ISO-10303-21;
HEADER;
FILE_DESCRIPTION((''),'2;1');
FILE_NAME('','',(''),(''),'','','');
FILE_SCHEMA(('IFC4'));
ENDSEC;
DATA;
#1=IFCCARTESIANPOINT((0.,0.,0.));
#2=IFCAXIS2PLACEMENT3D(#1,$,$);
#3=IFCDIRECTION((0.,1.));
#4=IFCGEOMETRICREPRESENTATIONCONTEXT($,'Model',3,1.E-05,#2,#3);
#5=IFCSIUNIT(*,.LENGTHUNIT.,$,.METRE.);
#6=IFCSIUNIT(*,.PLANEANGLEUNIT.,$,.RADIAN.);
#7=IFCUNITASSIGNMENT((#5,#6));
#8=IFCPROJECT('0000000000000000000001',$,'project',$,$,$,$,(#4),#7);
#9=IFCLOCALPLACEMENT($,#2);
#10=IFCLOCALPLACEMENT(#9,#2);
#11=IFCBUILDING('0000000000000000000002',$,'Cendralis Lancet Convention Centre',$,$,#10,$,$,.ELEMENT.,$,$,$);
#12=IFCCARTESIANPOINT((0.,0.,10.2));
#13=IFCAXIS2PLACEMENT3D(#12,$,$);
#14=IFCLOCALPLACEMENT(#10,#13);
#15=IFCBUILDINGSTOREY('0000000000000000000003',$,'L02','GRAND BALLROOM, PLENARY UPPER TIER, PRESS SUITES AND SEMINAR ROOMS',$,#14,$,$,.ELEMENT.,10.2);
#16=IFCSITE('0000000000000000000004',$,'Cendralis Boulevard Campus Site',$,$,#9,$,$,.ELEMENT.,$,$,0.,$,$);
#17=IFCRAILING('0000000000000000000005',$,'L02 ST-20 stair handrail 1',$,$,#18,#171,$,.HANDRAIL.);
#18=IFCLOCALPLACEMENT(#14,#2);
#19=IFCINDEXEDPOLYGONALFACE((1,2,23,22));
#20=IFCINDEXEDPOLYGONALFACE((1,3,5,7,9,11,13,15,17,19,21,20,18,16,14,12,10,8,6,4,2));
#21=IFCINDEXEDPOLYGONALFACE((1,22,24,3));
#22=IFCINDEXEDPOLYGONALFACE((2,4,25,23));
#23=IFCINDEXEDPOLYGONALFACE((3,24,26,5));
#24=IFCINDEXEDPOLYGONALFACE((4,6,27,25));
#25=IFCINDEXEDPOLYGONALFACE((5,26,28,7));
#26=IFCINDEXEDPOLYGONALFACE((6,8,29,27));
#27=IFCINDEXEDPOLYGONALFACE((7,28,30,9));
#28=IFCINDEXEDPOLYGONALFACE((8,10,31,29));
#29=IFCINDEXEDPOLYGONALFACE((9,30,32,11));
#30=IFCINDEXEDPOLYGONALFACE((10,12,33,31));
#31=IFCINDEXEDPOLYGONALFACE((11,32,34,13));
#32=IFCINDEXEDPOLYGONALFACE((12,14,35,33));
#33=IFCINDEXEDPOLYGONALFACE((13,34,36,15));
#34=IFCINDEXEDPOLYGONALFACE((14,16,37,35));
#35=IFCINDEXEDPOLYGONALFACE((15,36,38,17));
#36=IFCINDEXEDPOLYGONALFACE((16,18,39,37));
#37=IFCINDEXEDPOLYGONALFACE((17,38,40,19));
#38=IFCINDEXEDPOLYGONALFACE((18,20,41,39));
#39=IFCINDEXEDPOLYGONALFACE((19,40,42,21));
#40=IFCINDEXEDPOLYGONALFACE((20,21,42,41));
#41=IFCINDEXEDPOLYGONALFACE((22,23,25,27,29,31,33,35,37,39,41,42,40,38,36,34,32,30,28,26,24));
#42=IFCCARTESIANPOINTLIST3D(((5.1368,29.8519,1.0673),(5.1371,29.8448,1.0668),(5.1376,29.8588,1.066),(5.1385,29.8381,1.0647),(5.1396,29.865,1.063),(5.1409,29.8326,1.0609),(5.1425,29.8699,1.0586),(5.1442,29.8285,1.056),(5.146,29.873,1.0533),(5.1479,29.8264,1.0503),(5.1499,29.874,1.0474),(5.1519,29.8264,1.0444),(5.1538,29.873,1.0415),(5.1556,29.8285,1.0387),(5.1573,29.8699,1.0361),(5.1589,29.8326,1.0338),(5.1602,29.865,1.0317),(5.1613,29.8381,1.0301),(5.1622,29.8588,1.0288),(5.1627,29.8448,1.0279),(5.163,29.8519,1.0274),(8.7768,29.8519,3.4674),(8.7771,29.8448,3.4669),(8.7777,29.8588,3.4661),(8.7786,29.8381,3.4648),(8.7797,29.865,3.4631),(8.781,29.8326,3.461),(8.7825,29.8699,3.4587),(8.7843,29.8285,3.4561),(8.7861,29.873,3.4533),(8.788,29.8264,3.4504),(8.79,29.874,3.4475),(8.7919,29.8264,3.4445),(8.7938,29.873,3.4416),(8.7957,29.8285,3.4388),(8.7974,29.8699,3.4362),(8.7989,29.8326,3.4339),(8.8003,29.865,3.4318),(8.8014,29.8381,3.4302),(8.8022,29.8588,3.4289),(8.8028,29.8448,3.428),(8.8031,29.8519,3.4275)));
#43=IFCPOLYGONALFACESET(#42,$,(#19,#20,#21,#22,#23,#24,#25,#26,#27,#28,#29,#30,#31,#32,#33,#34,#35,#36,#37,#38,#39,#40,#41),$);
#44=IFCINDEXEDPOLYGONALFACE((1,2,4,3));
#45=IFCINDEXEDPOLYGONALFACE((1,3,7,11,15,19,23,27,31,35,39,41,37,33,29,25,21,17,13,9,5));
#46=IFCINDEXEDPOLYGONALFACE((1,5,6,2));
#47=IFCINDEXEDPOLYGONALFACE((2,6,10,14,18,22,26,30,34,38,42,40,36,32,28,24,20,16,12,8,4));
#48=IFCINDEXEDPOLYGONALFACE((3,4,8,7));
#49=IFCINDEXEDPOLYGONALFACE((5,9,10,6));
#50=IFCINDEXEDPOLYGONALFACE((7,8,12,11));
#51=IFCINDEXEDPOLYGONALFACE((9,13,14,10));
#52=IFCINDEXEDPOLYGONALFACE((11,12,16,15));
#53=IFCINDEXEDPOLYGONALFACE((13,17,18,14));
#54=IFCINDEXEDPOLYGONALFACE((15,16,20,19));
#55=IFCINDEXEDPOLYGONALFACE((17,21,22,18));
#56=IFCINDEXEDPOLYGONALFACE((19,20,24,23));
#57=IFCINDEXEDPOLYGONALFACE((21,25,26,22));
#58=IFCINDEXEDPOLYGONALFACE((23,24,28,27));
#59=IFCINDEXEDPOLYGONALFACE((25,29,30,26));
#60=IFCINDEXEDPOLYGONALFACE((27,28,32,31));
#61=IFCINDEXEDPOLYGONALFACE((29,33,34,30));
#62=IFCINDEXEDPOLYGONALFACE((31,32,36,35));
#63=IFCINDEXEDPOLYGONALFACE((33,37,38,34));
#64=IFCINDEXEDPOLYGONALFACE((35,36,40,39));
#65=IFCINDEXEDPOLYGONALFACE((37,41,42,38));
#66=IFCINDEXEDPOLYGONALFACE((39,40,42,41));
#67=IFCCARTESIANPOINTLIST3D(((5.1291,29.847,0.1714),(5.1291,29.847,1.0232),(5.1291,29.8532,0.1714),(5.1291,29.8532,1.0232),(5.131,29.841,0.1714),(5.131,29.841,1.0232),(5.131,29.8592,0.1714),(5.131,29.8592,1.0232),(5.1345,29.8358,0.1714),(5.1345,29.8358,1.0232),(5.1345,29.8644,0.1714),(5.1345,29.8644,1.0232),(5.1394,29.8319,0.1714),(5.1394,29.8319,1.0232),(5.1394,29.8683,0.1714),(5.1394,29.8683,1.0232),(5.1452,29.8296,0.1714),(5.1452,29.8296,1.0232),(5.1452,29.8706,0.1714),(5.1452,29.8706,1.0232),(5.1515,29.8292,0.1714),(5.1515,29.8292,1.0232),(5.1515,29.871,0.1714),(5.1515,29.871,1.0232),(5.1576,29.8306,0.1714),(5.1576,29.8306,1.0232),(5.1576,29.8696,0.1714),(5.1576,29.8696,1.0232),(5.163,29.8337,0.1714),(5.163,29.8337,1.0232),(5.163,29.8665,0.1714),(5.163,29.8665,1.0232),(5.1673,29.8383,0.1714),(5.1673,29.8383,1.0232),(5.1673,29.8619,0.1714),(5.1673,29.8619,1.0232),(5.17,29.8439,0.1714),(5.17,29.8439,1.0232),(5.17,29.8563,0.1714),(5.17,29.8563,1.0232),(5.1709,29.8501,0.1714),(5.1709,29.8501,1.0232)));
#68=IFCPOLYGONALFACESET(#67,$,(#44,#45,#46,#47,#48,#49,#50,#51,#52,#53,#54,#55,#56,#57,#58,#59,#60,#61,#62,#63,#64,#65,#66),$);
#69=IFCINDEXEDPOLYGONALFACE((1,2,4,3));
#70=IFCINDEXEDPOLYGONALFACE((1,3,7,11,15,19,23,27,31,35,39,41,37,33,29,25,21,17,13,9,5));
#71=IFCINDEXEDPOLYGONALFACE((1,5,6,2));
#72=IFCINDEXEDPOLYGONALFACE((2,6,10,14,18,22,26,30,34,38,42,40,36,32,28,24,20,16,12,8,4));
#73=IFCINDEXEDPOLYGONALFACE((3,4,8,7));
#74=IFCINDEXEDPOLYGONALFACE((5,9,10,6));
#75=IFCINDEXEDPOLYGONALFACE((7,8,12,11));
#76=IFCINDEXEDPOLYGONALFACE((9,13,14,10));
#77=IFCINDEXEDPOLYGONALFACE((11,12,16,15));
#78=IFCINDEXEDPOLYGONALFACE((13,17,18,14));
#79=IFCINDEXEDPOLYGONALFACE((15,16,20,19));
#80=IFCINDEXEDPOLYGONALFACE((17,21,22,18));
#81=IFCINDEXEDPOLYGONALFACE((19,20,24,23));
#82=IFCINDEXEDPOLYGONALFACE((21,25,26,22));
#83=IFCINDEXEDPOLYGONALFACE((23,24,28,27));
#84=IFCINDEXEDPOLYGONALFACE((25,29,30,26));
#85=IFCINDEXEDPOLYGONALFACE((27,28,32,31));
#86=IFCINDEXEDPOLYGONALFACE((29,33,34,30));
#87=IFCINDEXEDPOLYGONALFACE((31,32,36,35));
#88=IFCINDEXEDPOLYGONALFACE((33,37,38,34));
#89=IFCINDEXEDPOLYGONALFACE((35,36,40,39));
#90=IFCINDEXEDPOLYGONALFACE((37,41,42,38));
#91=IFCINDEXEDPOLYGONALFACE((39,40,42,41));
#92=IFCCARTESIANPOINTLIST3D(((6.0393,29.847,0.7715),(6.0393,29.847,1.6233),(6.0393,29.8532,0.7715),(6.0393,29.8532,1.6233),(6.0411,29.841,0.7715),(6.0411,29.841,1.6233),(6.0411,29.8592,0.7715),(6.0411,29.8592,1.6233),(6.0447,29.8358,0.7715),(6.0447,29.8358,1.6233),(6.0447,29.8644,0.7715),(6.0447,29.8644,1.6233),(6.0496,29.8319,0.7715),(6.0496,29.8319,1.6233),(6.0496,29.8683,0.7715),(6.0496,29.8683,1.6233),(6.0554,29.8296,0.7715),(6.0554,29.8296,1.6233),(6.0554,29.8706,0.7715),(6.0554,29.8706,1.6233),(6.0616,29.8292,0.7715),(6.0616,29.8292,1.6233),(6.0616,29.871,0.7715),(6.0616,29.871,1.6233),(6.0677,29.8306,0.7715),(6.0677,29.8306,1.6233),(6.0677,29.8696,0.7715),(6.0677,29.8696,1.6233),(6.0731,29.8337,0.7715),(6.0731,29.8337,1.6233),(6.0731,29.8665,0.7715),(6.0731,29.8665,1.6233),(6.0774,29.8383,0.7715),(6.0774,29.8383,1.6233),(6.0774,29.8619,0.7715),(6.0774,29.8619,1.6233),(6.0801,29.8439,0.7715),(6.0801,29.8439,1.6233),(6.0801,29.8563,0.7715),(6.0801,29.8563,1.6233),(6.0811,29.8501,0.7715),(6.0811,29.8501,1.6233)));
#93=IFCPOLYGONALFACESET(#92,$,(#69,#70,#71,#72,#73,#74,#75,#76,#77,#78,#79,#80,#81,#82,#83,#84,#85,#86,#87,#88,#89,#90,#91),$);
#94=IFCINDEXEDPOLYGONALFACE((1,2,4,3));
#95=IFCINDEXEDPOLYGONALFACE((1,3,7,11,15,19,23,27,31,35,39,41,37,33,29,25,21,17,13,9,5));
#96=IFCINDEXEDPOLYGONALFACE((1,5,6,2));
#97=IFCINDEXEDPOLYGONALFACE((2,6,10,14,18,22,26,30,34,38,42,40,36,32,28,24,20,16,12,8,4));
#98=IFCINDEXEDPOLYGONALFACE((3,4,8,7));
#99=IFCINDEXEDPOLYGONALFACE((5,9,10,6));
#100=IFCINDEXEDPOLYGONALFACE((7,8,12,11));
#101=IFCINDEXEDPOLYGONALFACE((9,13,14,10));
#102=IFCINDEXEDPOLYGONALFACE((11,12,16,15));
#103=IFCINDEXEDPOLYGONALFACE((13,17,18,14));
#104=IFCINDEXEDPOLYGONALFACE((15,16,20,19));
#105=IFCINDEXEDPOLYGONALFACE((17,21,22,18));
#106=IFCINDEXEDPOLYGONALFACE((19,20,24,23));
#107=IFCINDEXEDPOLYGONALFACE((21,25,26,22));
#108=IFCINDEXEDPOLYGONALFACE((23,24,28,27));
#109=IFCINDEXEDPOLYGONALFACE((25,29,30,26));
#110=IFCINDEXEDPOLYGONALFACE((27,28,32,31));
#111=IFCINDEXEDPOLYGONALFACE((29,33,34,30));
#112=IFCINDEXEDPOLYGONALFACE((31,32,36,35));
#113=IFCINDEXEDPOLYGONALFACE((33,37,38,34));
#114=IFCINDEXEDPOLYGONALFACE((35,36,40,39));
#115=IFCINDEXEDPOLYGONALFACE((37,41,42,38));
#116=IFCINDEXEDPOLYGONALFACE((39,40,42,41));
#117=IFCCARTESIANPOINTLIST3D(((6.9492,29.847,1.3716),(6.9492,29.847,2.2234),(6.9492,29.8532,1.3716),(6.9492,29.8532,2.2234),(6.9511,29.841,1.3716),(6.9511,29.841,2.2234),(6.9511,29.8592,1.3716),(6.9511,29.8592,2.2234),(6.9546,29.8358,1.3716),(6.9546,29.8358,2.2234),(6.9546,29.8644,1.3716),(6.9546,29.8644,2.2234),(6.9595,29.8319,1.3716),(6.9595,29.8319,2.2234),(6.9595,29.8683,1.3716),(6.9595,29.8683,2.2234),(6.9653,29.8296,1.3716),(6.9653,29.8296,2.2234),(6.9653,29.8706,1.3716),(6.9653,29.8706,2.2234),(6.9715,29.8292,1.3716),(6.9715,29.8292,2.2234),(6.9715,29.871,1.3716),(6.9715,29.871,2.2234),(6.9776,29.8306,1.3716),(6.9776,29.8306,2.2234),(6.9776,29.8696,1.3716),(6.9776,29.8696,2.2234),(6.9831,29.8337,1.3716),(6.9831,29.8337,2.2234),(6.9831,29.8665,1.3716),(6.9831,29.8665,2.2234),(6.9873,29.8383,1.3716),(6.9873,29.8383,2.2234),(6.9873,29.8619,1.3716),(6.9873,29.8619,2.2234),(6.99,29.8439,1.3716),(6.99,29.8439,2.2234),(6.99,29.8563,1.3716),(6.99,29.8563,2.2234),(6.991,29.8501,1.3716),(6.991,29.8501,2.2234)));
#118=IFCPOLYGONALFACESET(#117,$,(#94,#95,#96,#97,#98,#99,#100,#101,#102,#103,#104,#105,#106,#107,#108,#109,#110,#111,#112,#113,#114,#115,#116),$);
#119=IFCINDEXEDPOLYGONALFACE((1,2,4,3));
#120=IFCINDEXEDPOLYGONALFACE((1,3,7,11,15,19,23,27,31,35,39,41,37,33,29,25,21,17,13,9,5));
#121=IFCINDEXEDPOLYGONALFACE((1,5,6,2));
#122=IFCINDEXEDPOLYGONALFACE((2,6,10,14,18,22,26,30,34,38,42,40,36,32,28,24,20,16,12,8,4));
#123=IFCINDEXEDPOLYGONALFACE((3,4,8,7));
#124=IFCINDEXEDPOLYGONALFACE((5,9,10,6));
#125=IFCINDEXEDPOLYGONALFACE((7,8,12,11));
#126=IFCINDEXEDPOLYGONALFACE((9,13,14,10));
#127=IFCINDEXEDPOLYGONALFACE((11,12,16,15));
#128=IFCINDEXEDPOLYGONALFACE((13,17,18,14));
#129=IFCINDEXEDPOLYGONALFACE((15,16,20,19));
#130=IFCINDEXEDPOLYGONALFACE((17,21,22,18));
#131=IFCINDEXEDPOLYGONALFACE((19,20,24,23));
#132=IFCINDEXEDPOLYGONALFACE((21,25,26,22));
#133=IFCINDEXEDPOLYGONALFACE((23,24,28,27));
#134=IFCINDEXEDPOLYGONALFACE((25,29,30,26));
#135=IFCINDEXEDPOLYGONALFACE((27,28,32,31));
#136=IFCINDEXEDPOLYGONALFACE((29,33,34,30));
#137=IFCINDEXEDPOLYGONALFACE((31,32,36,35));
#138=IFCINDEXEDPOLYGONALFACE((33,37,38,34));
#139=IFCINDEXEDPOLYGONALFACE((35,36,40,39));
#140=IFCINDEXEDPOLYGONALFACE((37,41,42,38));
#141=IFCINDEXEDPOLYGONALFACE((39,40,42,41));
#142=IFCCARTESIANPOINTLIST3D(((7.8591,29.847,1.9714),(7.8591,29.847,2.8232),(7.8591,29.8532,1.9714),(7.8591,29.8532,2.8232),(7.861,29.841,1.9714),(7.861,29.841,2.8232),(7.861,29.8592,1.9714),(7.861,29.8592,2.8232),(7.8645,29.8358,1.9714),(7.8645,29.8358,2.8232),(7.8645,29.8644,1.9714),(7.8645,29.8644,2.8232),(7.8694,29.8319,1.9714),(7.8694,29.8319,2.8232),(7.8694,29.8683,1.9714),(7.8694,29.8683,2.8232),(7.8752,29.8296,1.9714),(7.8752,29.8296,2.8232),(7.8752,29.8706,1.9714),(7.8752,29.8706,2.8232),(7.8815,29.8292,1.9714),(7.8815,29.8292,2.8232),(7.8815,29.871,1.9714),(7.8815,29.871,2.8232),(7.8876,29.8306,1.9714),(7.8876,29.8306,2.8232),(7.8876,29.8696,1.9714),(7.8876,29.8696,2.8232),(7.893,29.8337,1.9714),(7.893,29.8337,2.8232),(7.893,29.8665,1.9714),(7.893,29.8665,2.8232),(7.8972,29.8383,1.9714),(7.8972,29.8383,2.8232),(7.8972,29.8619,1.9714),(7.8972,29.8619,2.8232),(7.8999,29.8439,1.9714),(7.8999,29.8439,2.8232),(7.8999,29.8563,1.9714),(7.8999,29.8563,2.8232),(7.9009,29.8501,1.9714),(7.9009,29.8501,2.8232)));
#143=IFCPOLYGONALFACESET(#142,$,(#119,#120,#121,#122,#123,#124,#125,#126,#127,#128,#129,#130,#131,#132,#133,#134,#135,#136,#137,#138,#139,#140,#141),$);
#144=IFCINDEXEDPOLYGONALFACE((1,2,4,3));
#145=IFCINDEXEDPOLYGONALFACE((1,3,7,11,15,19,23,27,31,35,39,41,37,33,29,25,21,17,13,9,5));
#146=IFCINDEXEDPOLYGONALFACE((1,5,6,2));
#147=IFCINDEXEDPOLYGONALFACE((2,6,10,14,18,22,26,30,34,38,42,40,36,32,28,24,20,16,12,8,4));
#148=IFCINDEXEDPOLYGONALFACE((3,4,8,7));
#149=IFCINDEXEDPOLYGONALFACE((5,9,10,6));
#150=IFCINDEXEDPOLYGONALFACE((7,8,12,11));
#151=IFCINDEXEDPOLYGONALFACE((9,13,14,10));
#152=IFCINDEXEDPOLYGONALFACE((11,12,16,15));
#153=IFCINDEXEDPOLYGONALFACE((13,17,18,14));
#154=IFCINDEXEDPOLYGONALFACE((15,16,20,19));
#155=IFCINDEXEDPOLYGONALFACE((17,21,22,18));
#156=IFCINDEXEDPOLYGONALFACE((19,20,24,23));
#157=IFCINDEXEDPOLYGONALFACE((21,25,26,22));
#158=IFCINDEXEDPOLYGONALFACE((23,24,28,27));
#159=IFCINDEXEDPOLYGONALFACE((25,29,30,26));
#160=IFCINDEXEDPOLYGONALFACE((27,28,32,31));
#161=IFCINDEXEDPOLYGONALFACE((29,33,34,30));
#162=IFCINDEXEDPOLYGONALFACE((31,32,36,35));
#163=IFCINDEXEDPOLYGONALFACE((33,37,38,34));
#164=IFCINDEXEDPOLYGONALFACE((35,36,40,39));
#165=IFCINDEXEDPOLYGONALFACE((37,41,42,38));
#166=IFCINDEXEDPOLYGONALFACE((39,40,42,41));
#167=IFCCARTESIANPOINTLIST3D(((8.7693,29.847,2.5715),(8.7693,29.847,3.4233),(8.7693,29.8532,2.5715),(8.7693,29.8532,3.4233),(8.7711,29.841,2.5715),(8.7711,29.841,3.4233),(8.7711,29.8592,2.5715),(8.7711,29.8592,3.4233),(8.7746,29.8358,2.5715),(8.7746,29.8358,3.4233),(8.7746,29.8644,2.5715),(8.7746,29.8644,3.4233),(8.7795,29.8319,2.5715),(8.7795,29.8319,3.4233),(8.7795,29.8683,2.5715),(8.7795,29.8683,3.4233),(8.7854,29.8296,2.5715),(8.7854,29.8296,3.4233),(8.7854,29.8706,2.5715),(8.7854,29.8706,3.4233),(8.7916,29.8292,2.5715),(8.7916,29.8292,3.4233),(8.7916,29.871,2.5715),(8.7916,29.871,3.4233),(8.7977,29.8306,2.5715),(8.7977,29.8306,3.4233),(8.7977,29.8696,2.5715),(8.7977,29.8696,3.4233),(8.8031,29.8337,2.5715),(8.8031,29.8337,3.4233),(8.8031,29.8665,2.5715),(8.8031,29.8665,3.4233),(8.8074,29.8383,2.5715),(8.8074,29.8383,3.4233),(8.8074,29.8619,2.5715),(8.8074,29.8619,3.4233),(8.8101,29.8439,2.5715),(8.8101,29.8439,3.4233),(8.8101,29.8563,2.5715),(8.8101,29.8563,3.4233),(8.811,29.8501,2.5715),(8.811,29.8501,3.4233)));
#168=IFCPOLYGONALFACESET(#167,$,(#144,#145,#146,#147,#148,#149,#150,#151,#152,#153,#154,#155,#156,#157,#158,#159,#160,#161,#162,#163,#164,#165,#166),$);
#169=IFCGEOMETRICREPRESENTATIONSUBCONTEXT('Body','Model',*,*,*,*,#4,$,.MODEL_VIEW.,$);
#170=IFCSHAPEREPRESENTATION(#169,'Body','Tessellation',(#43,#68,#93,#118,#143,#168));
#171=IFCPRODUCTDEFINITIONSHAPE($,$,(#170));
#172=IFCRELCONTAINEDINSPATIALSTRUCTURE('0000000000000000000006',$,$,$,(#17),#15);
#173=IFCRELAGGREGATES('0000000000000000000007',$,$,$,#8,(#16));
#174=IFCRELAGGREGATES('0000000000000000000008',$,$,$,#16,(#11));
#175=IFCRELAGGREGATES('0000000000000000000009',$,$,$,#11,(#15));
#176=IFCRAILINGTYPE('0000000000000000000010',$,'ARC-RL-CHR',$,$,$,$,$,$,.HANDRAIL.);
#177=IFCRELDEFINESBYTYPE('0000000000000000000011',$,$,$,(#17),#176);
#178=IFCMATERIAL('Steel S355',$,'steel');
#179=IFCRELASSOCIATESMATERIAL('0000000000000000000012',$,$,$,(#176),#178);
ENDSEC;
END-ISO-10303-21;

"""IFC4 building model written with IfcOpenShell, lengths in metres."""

from ifc_helpers import new_model, si_unit, direction, frame, origin, origin_2d, place, context, subcontext, project, spatial, circle, extrude, material, type_object, element, save


model = new_model("IFC4")

# Units and contexts
model_context = context("Model", 3, precision=1e-05, world=origin(), true_north=direction((0.0, 1.0)))
body_context = subcontext(model_context, "Body", "Model", "MODEL_VIEW")
ifc_project = project(units=[si_unit("LENGTHUNIT", "METRE"), si_unit("PLANEANGLEUNIT", "RADIAN")], contexts=[model_context])

# Site, building, storey
site_placement = place(None, origin())
site = spatial("IfcSite", under=ifc_project, at=site_placement, Name="Cendralis Boulevard Campus Site", CompositionType="ELEMENT", RefElevation=0.0)
building_placement = place(site_placement, origin())
building = spatial("IfcBuilding", under=site, at=building_placement, Name="Cendralis Lancet Convention Centre", CompositionType="ELEMENT")
storey_placement = place(building_placement, frame((0.0, 0.0, 10.2)))
storey = spatial("IfcBuildingStorey", under=building, at=storey_placement, Name="L02", Description="GRAND BALLROOM, PLENARY UPPER TIER, PRESS SUITES AND SEMINAR ROOMS", CompositionType="ELEMENT", Elevation=10.2)

# Shared definitions
ifc_material_1 = material(Name="Steel S355", Category="steel")

# Railing
railing_type_1 = type_object("IfcRailingType", Name="ARC-RL-CHR", PredefinedType="HANDRAIL", material=ifc_material_1)
railing_1_placement = place(storey_placement, frame((5.1499, 29.8501, 0.1714)))
element("IfcRailing", 1, at=railing_1_placement, inside=storey, type_object=railing_type_1, Name="L02 ST-20 stair handrail 1", PredefinedType="HANDRAIL", context=body_context, shape_type="SweptSolid", body=[
    extrude(circle(Radius=0.0239, at=origin_2d()), frame((0.0, 0.0, 0.876), z_axis=(0.834856, 0.0, 0.550468), x_axis=(0.0, 1.0, 0.0)), (0.0, 0.0, 1.0), 4.3601),
    extrude(circle(Radius=0.021, at=origin_2d()), origin(), (0.0, 0.0, 1.0), 0.8518),
    extrude(circle(Radius=0.021, at=origin_2d()), frame((0.9102, 0.0, 0.6001)), (0.0, 0.0, 1.0), 0.8518),
    extrude(circle(Radius=0.021, at=origin_2d()), frame((1.8201, 0.0, 1.2002)), (0.0, 0.0, 1.0), 0.8518),
    extrude(circle(Radius=0.021, at=origin_2d()), frame((2.73, 0.0, 1.8)), (0.0, 0.0, 1.0), 0.8518),
    extrude(circle(Radius=0.021, at=origin_2d()), frame((3.6401, 0.0, 2.4001)), (0.0, 0.0, 1.0), 0.8518),
])

save(model, "model.ifc")
